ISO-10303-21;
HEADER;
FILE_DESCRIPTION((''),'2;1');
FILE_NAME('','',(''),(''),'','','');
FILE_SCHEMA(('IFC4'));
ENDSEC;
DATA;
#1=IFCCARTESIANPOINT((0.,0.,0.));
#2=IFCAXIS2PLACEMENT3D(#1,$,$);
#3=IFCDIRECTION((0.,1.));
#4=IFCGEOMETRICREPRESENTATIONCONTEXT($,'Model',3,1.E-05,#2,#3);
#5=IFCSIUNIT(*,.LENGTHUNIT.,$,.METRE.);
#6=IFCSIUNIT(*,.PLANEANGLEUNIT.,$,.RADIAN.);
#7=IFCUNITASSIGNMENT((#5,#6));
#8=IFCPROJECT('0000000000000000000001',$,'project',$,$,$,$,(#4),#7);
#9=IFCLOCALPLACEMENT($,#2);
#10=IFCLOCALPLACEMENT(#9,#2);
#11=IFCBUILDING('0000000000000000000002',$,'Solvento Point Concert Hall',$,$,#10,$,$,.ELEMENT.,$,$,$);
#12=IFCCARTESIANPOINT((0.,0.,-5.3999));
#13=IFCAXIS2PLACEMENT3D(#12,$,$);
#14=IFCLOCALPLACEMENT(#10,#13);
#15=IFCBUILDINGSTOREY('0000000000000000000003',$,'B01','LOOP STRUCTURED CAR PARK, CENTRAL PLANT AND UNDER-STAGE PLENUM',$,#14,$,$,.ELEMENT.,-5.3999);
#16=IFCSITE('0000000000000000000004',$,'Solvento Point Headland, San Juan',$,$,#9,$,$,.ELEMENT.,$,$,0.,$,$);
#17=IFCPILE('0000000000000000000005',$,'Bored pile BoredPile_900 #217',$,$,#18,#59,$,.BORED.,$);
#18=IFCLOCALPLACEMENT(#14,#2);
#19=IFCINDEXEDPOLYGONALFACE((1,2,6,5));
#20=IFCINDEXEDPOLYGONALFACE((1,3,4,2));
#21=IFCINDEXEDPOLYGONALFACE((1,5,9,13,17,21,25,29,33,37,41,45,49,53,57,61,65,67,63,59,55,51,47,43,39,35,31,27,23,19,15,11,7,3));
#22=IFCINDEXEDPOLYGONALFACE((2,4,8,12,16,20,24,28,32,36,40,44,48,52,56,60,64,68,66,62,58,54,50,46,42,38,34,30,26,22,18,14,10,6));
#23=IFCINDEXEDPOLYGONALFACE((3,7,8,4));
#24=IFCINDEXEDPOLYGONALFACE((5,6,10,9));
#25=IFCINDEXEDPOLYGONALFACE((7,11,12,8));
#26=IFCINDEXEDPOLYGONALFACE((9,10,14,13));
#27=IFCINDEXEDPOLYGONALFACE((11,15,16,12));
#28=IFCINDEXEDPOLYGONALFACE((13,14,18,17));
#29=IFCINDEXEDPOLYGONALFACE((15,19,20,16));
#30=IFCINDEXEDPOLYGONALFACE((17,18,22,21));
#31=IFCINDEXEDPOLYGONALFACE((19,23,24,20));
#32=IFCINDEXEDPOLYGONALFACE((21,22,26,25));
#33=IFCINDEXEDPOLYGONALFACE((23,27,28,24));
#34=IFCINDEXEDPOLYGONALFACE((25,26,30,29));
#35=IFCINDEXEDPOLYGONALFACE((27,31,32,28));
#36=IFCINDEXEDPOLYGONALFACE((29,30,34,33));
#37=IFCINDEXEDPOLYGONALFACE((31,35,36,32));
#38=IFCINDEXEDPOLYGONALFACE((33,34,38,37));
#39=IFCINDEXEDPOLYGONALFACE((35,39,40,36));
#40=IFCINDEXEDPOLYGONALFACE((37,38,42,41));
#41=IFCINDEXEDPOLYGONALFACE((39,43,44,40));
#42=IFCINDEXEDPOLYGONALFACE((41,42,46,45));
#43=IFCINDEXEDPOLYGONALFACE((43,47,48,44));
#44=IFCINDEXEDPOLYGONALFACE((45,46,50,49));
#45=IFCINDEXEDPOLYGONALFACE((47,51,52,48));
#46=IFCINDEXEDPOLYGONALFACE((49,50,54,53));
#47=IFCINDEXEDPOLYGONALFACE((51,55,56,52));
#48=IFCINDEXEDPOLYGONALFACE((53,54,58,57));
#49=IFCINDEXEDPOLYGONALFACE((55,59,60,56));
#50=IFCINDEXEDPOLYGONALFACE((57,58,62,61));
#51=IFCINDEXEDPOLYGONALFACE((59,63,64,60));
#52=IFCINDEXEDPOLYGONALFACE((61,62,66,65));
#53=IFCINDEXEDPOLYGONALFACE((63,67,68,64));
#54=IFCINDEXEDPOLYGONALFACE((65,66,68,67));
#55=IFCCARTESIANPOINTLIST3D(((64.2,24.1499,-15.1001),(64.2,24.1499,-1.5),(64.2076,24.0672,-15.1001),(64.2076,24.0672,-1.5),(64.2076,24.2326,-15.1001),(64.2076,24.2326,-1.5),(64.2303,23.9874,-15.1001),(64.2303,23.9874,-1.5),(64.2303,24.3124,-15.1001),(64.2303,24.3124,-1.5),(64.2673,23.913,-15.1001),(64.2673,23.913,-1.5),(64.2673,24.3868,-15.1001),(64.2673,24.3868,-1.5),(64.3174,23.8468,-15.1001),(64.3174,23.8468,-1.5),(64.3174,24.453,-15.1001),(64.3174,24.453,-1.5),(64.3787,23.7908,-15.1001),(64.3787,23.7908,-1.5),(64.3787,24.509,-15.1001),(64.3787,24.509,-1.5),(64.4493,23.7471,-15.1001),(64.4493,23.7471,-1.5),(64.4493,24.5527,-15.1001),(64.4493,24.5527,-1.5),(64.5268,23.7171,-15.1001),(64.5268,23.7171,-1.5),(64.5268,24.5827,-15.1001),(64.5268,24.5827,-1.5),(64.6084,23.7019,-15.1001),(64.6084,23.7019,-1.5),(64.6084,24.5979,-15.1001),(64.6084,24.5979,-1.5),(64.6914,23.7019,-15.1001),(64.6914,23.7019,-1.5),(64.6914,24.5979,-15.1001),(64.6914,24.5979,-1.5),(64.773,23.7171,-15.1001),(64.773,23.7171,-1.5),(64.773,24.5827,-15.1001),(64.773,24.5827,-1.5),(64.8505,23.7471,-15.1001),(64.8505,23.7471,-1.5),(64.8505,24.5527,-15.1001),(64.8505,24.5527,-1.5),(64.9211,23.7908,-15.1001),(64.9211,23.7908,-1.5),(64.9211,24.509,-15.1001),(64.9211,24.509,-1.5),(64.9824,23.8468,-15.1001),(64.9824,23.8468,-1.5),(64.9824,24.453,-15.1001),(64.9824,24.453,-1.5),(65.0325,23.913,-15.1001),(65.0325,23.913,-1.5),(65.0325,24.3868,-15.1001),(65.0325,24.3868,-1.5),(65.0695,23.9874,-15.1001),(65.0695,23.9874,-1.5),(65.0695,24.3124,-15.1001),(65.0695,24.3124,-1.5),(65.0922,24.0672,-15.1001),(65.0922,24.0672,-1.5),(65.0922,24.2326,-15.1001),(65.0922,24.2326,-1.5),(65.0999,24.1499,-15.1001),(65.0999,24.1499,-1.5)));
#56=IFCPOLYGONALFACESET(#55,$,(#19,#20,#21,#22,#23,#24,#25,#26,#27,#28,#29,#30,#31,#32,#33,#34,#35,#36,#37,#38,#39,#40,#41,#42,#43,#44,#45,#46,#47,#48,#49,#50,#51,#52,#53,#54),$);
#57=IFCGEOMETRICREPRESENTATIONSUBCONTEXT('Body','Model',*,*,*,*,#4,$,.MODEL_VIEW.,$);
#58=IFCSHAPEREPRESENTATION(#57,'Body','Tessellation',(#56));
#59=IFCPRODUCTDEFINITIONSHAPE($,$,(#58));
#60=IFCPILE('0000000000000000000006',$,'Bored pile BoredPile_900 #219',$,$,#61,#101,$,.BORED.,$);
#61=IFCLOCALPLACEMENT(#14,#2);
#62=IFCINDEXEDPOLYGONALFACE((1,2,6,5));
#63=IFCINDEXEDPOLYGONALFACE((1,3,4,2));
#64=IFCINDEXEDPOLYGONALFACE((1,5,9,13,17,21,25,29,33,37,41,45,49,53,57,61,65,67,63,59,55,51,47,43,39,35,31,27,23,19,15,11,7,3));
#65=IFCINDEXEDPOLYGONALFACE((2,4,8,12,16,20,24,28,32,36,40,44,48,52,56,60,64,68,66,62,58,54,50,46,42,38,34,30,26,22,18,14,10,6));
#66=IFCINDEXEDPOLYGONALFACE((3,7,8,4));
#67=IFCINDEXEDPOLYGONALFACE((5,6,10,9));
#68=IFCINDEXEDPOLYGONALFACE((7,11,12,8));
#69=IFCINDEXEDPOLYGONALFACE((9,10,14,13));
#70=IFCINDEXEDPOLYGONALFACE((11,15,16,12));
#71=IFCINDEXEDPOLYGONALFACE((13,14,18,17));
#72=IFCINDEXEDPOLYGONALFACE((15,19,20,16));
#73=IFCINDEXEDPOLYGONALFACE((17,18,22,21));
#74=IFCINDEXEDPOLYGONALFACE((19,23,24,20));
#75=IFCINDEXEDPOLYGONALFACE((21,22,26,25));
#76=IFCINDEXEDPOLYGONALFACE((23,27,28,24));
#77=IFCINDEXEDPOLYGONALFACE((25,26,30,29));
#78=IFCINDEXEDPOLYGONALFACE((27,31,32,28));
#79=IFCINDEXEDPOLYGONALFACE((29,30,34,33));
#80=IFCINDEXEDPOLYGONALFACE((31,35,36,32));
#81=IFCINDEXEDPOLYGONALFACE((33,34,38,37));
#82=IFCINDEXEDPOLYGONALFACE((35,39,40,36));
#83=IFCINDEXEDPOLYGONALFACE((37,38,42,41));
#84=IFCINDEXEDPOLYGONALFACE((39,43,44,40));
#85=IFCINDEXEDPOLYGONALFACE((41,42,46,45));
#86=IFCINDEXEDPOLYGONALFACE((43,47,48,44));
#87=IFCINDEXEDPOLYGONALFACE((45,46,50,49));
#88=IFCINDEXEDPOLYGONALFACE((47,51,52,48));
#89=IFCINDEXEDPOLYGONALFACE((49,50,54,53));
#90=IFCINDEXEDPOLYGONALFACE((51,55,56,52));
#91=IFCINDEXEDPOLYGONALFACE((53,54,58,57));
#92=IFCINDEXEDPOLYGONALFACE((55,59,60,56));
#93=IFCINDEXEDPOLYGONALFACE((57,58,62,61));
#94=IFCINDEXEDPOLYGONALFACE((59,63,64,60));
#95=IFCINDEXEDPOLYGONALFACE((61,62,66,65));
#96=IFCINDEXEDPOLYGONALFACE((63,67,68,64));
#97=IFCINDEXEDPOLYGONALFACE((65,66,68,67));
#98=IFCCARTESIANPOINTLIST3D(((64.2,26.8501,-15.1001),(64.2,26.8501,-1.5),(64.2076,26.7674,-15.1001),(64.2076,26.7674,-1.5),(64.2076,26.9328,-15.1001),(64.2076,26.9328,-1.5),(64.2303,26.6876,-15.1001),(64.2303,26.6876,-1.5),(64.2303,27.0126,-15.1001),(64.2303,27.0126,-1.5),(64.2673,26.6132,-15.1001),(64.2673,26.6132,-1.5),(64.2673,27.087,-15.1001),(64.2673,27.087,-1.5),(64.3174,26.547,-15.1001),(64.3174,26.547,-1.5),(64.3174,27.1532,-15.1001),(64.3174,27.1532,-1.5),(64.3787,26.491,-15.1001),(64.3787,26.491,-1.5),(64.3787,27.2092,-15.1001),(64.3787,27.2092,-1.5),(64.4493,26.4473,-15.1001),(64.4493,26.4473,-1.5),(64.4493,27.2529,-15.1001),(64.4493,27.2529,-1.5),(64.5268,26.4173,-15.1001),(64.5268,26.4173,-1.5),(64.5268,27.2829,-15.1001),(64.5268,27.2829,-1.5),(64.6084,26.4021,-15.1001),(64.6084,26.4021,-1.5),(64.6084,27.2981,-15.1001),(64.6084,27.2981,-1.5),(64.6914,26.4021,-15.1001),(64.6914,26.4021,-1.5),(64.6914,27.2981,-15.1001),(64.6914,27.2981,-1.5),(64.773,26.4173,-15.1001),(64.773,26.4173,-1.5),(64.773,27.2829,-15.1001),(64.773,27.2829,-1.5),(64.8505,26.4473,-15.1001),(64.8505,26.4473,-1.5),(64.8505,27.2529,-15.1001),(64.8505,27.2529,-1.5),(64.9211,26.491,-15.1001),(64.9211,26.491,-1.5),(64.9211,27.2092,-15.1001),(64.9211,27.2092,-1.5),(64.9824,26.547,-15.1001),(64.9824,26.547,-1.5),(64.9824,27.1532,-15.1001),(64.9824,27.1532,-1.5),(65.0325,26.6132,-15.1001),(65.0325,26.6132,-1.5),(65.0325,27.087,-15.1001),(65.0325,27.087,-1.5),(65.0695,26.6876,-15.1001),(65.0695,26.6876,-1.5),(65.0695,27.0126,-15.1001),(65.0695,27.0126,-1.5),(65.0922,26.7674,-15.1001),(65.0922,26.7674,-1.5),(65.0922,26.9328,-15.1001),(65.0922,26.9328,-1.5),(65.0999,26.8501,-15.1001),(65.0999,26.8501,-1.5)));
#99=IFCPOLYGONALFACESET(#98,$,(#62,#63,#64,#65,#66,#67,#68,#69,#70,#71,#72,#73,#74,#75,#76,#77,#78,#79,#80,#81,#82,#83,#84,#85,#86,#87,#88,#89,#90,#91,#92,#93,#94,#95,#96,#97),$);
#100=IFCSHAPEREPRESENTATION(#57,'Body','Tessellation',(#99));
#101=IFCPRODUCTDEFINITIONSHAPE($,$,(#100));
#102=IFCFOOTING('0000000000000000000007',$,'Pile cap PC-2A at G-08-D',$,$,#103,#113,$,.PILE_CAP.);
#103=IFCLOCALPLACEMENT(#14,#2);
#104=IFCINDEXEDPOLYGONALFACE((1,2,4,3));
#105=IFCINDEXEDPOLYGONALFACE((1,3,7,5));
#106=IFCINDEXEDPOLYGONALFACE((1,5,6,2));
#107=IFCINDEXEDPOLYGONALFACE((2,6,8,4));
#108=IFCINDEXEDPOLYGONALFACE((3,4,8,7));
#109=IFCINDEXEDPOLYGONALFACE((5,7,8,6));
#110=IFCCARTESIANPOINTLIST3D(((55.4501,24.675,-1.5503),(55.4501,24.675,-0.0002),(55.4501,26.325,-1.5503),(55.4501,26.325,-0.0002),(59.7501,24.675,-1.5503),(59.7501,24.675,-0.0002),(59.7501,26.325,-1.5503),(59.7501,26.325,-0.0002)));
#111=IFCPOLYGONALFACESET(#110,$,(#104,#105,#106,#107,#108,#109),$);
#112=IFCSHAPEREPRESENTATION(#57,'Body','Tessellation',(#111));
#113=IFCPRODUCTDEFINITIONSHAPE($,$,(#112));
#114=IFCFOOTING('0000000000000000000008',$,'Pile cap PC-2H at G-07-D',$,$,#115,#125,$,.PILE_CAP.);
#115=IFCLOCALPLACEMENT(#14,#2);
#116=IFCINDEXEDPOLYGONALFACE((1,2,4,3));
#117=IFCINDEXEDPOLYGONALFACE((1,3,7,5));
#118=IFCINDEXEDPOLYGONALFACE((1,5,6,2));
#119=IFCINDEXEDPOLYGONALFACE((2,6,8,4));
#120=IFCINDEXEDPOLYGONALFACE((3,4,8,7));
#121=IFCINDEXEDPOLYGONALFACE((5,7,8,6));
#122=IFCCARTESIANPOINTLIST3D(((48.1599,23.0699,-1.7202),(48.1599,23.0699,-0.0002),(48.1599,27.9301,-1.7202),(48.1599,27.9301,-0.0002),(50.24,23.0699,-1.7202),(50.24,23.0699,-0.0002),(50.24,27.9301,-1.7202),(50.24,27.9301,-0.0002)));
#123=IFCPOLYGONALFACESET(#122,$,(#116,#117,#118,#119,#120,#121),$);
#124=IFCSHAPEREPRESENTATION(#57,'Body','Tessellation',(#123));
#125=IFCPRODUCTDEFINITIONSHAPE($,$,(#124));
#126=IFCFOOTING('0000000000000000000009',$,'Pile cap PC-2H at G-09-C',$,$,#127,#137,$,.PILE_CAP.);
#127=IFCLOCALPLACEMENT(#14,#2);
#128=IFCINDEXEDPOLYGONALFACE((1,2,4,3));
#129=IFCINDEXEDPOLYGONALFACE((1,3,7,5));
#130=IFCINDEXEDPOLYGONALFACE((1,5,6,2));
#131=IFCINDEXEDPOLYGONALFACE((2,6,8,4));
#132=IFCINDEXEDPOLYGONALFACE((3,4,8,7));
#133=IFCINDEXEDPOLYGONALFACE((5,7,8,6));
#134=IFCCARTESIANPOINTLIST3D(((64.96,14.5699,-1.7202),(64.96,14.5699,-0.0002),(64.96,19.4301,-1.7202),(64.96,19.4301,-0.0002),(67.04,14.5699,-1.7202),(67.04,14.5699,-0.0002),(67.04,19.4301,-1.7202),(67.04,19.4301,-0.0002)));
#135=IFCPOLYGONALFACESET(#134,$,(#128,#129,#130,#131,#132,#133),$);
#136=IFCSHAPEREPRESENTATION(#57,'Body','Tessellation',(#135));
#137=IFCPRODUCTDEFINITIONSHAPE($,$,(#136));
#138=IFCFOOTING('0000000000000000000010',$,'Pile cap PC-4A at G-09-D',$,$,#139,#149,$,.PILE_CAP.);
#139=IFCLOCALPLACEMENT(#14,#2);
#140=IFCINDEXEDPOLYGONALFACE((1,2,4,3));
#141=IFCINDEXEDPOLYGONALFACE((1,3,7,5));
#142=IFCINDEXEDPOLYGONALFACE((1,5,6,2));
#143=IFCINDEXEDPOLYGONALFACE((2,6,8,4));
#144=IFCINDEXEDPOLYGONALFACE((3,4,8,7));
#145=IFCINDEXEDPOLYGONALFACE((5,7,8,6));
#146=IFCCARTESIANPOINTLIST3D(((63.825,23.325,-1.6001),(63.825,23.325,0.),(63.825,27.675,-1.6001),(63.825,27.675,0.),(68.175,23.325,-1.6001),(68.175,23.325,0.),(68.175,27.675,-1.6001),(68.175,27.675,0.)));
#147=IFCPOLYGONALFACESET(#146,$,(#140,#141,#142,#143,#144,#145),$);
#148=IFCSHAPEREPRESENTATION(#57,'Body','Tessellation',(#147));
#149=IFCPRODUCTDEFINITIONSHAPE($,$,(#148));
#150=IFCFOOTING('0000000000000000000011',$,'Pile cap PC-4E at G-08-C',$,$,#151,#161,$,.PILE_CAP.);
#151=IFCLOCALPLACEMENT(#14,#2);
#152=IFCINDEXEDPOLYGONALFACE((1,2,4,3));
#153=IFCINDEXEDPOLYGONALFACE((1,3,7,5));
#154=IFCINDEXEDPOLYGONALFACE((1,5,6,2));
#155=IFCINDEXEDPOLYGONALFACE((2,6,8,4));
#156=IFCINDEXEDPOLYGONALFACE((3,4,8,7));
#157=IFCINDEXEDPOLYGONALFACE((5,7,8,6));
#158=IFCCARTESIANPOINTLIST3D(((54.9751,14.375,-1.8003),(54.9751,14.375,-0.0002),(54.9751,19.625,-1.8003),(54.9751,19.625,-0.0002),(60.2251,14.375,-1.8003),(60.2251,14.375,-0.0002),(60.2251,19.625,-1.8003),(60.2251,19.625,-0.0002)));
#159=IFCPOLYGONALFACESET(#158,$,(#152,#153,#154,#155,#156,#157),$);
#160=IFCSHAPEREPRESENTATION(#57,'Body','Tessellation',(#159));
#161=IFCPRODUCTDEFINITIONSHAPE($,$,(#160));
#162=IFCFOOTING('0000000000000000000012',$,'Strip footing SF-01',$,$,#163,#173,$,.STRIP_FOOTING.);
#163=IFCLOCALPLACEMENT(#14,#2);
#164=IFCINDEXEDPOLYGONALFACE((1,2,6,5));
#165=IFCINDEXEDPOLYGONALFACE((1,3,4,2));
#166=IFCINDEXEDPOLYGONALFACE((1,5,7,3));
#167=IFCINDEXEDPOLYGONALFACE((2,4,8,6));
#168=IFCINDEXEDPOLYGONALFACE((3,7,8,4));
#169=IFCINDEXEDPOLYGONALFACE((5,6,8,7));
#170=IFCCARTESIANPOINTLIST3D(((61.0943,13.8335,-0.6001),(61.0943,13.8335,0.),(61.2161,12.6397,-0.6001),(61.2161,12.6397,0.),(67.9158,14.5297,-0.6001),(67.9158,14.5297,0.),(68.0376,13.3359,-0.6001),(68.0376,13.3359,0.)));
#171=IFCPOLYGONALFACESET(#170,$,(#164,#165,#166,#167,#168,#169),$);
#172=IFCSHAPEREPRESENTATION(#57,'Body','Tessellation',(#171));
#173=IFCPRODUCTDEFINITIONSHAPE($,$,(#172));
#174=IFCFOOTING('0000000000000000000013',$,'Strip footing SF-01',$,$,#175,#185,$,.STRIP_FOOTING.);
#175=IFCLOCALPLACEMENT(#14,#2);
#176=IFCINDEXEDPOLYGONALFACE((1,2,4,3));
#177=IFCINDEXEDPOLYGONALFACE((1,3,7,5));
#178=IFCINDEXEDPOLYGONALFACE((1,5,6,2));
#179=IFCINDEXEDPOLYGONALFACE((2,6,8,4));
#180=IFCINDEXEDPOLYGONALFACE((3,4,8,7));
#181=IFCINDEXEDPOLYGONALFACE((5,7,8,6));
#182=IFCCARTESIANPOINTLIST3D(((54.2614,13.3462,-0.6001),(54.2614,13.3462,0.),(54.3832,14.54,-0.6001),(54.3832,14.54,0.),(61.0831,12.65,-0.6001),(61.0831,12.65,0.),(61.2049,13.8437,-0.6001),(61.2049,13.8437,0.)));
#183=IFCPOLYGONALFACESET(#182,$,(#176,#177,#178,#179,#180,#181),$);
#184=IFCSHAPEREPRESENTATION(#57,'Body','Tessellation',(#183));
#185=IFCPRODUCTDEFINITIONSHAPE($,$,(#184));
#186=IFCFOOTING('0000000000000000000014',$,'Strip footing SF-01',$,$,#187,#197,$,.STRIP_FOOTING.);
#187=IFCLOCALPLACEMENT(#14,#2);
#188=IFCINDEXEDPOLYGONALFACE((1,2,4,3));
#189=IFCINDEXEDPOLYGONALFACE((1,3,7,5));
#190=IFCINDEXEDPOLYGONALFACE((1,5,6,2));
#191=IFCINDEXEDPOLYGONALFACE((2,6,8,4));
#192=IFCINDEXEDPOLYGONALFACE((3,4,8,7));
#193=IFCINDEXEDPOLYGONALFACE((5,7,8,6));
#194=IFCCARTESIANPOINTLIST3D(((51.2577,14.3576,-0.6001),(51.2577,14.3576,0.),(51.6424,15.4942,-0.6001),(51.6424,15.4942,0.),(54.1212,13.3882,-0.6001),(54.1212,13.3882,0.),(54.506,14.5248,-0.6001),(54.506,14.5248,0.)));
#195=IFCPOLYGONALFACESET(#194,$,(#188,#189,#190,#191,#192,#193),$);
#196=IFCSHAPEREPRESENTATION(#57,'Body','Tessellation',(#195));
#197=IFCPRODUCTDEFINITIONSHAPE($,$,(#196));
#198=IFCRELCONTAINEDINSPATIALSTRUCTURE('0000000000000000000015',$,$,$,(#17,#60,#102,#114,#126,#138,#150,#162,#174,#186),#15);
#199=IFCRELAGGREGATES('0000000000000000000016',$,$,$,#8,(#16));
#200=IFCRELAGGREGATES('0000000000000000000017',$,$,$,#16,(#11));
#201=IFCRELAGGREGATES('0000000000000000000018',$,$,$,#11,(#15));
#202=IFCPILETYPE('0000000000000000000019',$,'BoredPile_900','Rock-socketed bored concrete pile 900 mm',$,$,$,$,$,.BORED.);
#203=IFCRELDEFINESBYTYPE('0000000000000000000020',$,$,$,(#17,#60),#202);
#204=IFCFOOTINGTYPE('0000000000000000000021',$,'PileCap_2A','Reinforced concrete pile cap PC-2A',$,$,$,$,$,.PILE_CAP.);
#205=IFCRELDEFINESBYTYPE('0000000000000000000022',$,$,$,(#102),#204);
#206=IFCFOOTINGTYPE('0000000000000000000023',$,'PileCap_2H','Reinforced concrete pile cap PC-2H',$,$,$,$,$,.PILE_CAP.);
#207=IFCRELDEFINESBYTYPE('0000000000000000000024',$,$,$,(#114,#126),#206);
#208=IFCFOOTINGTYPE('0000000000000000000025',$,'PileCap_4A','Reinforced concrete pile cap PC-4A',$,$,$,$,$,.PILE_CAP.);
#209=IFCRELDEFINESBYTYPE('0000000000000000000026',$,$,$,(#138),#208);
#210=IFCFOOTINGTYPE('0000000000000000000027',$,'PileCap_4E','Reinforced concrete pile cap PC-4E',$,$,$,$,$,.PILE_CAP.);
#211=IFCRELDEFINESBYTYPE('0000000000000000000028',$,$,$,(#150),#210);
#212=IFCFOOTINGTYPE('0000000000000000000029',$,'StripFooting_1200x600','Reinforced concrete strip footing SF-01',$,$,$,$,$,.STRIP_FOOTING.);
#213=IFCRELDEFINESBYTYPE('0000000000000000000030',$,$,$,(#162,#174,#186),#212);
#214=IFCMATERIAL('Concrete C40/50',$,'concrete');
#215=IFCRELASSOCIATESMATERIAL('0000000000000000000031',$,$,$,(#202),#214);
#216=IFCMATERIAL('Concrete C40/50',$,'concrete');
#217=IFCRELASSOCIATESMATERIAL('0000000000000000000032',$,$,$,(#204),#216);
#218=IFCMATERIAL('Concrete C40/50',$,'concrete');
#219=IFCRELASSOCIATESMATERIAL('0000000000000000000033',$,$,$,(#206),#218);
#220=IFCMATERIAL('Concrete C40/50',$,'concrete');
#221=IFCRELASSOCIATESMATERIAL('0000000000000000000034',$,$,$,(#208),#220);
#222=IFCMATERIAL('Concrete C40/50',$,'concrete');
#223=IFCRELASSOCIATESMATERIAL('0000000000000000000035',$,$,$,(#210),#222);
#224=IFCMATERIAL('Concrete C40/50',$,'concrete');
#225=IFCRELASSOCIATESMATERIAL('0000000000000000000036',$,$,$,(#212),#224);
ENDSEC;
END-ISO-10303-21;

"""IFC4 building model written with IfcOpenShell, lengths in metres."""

from ifc_helpers import new_model, si_unit, direction, frame, origin, origin_2d, place, context, subcontext, project, spatial, rectangle, circle, extrude, material, material_profile, profile_set, type_object, element, save


model = new_model("IFC4")

# Units and contexts
model_context = context("Model", 3, precision=1e-05, world=origin(), true_north=direction((0.0, 1.0)))
body_context = subcontext(model_context, "Body", "Model", "MODEL_VIEW")
ifc_project = project(units=[si_unit("LENGTHUNIT", "METRE"), si_unit("PLANEANGLEUNIT", "RADIAN")], contexts=[model_context])

# Site, building, storey
site_placement = place(None, origin())
site = spatial("IfcSite", under=ifc_project, at=site_placement, Name="Solvento Point Headland, San Juan", CompositionType="ELEMENT", RefElevation=0.0)
building_placement = place(site_placement, origin())
building = spatial("IfcBuilding", under=site, at=building_placement, Name="Solvento Point Concert Hall", CompositionType="ELEMENT")
storey_placement = place(building_placement, frame((0.0, 0.0, -5.3999)))
storey = spatial("IfcBuildingStorey", under=building, at=storey_placement, Name="B01", Description="LOOP STRUCTURED CAR PARK, CENTRAL PLANT AND UNDER-STAGE PLENUM", CompositionType="ELEMENT", Elevation=-5.3999)

# Piles
ifc_material_1 = material(Name="Concrete C40/50", Category="concrete")
ifc_material_profile_1 = material_profile(ifc_material_1, circle(Radius=0.45, at=origin_2d()), Name="BP-900")
ifc_profile_set_1 = profile_set([ifc_material_profile_1], Name="Concrete C40/50")
pile_type_1 = type_object("IfcPileType", Name="BoredPile_900", Description="Rock-socketed bored concrete pile 900 mm", PredefinedType="BORED", material=ifc_profile_set_1)
for number, where, z_axis, x_axis, name in (
    (1, (64.6499, 24.1499, -1.5), (0.0, 0.0, -1.0), (1.0, 0.0, 0.0), "Bored pile BoredPile_900 #217"),
    (2, (64.6499, 26.8501, -1.5), (0.0, 0.0, -1.0), (1.0, 0.0, 0.0), "Bored pile BoredPile_900 #219"),
):
    element("IfcPile", number, at=place(storey_placement, frame(where, z_axis=z_axis, x_axis=x_axis)), inside=storey, type_object=pile_type_1, Name=name, PredefinedType="BORED", context=body_context, shape_type="SweptSolid", body=[
        extrude(circle(Radius=0.45, at=origin_2d()), origin(), (0.0, 0.0, 1.0), 13.6001),
    ])

# Footings
ifc_material_2 = material(Name="Concrete C40/50", Category="concrete")
footing_type_1 = type_object("IfcFootingType", Name="PileCap_2A", Description="Reinforced concrete pile cap PC-2A", PredefinedType="PILE_CAP", material=ifc_material_2)
footing_1_placement = place(storey_placement, frame((57.6001, 25.5, -1.5503), z_axis=(0.0, 0.0, 1.0), x_axis=(1.0, 0.0, 0.0)))
element("IfcFooting", 3, at=footing_1_placement, inside=storey, type_object=footing_type_1, Name="Pile cap PC-2A at G-08-D", PredefinedType="PILE_CAP", context=body_context, shape_type="SweptSolid", body=[
    extrude(rectangle(XDim=4.3, YDim=1.6499, at=origin_2d()), origin(), (0.0, 0.0, 1.0), 1.55),
])
ifc_material_3 = material(Name="Concrete C40/50", Category="concrete")
footing_type_2 = type_object("IfcFootingType", Name="PileCap_2H", Description="Reinforced concrete pile cap PC-2H", PredefinedType="PILE_CAP", material=ifc_material_3)
for number, where, z_axis, x_axis, name in (
    (4, (49.2, 25.5, -1.7202), (0.0, 0.0, 1.0), (1.0, 0.0, 0.0), "Pile cap PC-2H at G-07-D"),
    (5, (66.0, 17.0, -1.7202), (0.0, 0.0, 1.0), (1.0, 0.0, 0.0), "Pile cap PC-2H at G-09-C"),
):
    element("IfcFooting", number, at=place(storey_placement, frame(where, z_axis=z_axis, x_axis=x_axis)), inside=storey, type_object=footing_type_2, Name=name, PredefinedType="PILE_CAP", context=body_context, shape_type="SweptSolid", body=[
        extrude(rectangle(XDim=2.0801, YDim=4.8601, at=origin_2d()), origin(), (0.0, 0.0, 1.0), 1.72),
    ])
ifc_material_4 = material(Name="Concrete C40/50", Category="concrete")
footing_type_3 = type_object("IfcFootingType", Name="PileCap_4A", Description="Reinforced concrete pile cap PC-4A", PredefinedType="PILE_CAP", material=ifc_material_4)
footing_2_placement = place(storey_placement, frame((66.0, 25.5, -1.6001), z_axis=(0.0, 0.0, 1.0), x_axis=(1.0, 0.0, 0.0)))
element("IfcFooting", 6, at=footing_2_placement, inside=storey, type_object=footing_type_3, Name="Pile cap PC-4A at G-09-D", PredefinedType="PILE_CAP", context=body_context, shape_type="SweptSolid", body=[
    extrude(rectangle(XDim=4.3501, YDim=4.3501, at=origin_2d()), origin(), (0.0, 0.0, 1.0), 1.6001),
])
ifc_material_5 = material(Name="Concrete C40/50", Category="concrete")
footing_type_4 = type_object("IfcFootingType", Name="PileCap_4E", Description="Reinforced concrete pile cap PC-4E", PredefinedType="PILE_CAP", material=ifc_material_5)
footing_3_placement = place(storey_placement, frame((57.6001, 17.0, -1.8003), z_axis=(0.0, 0.0, 1.0), x_axis=(1.0, 0.0, 0.0)))
element("IfcFooting", 7, at=footing_3_placement, inside=storey, type_object=footing_type_4, Name="Pile cap PC-4E at G-08-C", PredefinedType="PILE_CAP", context=body_context, shape_type="SweptSolid", body=[
    extrude(rectangle(XDim=5.25, YDim=5.25, at=origin_2d()), origin(), (0.0, 0.0, 1.0), 1.8),
])
ifc_material_6 = material(Name="Concrete C40/50", Category="concrete")
footing_type_5 = type_object("IfcFootingType", Name="StripFooting_1200x600", Description="Reinforced concrete strip footing SF-01", PredefinedType="STRIP_FOOTING", material=ifc_material_6)
footing_4_placement = place(storey_placement, frame((64.5659, 13.5847, -0.6001), z_axis=(0.0, 0.0, 1.0), x_axis=(-0.994832, -0.10153, 0.0)))
element("IfcFooting", 8, at=footing_4_placement, inside=storey, type_object=footing_type_5, Name="Strip footing SF-01", PredefinedType="STRIP_FOOTING", context=body_context, shape_type="SweptSolid", body=[
    extrude(rectangle(XDim=6.8569, YDim=1.2, at=origin_2d()), origin(), (0.0, 0.0, 1.0), 0.6001),
])
footing_5_placement = place(storey_placement, frame((57.7332, 13.595, -0.6001), z_axis=(0.0, 0.0, 1.0), x_axis=(-0.994832, 0.10153, 0.0)))
element("IfcFooting", 9, at=footing_5_placement, inside=storey, type_object=footing_type_5, Name="Strip footing SF-01", PredefinedType="STRIP_FOOTING", context=body_context, shape_type="SweptSolid", body=[
    extrude(rectangle(XDim=6.8572, YDim=1.2, at=origin_2d()), origin(), (0.0, 0.0, 1.0), 0.6001),
])
footing_6_placement = place(storey_placement, frame((52.8818, 14.4412, -0.6001), z_axis=(0.0, 0.0, 1.0), x_axis=(-0.947197, 0.320653, 0.0)))
element("IfcFooting", 10, at=footing_6_placement, inside=storey, type_object=footing_type_5, Name="Strip footing SF-01", PredefinedType="STRIP_FOOTING", context=body_context, shape_type="SweptSolid", body=[
    extrude(rectangle(XDim=3.0232, YDim=1.2, at=origin_2d()), origin(), (0.0, 0.0, 1.0), 0.6001),
])

save(model, "model.ifc")
